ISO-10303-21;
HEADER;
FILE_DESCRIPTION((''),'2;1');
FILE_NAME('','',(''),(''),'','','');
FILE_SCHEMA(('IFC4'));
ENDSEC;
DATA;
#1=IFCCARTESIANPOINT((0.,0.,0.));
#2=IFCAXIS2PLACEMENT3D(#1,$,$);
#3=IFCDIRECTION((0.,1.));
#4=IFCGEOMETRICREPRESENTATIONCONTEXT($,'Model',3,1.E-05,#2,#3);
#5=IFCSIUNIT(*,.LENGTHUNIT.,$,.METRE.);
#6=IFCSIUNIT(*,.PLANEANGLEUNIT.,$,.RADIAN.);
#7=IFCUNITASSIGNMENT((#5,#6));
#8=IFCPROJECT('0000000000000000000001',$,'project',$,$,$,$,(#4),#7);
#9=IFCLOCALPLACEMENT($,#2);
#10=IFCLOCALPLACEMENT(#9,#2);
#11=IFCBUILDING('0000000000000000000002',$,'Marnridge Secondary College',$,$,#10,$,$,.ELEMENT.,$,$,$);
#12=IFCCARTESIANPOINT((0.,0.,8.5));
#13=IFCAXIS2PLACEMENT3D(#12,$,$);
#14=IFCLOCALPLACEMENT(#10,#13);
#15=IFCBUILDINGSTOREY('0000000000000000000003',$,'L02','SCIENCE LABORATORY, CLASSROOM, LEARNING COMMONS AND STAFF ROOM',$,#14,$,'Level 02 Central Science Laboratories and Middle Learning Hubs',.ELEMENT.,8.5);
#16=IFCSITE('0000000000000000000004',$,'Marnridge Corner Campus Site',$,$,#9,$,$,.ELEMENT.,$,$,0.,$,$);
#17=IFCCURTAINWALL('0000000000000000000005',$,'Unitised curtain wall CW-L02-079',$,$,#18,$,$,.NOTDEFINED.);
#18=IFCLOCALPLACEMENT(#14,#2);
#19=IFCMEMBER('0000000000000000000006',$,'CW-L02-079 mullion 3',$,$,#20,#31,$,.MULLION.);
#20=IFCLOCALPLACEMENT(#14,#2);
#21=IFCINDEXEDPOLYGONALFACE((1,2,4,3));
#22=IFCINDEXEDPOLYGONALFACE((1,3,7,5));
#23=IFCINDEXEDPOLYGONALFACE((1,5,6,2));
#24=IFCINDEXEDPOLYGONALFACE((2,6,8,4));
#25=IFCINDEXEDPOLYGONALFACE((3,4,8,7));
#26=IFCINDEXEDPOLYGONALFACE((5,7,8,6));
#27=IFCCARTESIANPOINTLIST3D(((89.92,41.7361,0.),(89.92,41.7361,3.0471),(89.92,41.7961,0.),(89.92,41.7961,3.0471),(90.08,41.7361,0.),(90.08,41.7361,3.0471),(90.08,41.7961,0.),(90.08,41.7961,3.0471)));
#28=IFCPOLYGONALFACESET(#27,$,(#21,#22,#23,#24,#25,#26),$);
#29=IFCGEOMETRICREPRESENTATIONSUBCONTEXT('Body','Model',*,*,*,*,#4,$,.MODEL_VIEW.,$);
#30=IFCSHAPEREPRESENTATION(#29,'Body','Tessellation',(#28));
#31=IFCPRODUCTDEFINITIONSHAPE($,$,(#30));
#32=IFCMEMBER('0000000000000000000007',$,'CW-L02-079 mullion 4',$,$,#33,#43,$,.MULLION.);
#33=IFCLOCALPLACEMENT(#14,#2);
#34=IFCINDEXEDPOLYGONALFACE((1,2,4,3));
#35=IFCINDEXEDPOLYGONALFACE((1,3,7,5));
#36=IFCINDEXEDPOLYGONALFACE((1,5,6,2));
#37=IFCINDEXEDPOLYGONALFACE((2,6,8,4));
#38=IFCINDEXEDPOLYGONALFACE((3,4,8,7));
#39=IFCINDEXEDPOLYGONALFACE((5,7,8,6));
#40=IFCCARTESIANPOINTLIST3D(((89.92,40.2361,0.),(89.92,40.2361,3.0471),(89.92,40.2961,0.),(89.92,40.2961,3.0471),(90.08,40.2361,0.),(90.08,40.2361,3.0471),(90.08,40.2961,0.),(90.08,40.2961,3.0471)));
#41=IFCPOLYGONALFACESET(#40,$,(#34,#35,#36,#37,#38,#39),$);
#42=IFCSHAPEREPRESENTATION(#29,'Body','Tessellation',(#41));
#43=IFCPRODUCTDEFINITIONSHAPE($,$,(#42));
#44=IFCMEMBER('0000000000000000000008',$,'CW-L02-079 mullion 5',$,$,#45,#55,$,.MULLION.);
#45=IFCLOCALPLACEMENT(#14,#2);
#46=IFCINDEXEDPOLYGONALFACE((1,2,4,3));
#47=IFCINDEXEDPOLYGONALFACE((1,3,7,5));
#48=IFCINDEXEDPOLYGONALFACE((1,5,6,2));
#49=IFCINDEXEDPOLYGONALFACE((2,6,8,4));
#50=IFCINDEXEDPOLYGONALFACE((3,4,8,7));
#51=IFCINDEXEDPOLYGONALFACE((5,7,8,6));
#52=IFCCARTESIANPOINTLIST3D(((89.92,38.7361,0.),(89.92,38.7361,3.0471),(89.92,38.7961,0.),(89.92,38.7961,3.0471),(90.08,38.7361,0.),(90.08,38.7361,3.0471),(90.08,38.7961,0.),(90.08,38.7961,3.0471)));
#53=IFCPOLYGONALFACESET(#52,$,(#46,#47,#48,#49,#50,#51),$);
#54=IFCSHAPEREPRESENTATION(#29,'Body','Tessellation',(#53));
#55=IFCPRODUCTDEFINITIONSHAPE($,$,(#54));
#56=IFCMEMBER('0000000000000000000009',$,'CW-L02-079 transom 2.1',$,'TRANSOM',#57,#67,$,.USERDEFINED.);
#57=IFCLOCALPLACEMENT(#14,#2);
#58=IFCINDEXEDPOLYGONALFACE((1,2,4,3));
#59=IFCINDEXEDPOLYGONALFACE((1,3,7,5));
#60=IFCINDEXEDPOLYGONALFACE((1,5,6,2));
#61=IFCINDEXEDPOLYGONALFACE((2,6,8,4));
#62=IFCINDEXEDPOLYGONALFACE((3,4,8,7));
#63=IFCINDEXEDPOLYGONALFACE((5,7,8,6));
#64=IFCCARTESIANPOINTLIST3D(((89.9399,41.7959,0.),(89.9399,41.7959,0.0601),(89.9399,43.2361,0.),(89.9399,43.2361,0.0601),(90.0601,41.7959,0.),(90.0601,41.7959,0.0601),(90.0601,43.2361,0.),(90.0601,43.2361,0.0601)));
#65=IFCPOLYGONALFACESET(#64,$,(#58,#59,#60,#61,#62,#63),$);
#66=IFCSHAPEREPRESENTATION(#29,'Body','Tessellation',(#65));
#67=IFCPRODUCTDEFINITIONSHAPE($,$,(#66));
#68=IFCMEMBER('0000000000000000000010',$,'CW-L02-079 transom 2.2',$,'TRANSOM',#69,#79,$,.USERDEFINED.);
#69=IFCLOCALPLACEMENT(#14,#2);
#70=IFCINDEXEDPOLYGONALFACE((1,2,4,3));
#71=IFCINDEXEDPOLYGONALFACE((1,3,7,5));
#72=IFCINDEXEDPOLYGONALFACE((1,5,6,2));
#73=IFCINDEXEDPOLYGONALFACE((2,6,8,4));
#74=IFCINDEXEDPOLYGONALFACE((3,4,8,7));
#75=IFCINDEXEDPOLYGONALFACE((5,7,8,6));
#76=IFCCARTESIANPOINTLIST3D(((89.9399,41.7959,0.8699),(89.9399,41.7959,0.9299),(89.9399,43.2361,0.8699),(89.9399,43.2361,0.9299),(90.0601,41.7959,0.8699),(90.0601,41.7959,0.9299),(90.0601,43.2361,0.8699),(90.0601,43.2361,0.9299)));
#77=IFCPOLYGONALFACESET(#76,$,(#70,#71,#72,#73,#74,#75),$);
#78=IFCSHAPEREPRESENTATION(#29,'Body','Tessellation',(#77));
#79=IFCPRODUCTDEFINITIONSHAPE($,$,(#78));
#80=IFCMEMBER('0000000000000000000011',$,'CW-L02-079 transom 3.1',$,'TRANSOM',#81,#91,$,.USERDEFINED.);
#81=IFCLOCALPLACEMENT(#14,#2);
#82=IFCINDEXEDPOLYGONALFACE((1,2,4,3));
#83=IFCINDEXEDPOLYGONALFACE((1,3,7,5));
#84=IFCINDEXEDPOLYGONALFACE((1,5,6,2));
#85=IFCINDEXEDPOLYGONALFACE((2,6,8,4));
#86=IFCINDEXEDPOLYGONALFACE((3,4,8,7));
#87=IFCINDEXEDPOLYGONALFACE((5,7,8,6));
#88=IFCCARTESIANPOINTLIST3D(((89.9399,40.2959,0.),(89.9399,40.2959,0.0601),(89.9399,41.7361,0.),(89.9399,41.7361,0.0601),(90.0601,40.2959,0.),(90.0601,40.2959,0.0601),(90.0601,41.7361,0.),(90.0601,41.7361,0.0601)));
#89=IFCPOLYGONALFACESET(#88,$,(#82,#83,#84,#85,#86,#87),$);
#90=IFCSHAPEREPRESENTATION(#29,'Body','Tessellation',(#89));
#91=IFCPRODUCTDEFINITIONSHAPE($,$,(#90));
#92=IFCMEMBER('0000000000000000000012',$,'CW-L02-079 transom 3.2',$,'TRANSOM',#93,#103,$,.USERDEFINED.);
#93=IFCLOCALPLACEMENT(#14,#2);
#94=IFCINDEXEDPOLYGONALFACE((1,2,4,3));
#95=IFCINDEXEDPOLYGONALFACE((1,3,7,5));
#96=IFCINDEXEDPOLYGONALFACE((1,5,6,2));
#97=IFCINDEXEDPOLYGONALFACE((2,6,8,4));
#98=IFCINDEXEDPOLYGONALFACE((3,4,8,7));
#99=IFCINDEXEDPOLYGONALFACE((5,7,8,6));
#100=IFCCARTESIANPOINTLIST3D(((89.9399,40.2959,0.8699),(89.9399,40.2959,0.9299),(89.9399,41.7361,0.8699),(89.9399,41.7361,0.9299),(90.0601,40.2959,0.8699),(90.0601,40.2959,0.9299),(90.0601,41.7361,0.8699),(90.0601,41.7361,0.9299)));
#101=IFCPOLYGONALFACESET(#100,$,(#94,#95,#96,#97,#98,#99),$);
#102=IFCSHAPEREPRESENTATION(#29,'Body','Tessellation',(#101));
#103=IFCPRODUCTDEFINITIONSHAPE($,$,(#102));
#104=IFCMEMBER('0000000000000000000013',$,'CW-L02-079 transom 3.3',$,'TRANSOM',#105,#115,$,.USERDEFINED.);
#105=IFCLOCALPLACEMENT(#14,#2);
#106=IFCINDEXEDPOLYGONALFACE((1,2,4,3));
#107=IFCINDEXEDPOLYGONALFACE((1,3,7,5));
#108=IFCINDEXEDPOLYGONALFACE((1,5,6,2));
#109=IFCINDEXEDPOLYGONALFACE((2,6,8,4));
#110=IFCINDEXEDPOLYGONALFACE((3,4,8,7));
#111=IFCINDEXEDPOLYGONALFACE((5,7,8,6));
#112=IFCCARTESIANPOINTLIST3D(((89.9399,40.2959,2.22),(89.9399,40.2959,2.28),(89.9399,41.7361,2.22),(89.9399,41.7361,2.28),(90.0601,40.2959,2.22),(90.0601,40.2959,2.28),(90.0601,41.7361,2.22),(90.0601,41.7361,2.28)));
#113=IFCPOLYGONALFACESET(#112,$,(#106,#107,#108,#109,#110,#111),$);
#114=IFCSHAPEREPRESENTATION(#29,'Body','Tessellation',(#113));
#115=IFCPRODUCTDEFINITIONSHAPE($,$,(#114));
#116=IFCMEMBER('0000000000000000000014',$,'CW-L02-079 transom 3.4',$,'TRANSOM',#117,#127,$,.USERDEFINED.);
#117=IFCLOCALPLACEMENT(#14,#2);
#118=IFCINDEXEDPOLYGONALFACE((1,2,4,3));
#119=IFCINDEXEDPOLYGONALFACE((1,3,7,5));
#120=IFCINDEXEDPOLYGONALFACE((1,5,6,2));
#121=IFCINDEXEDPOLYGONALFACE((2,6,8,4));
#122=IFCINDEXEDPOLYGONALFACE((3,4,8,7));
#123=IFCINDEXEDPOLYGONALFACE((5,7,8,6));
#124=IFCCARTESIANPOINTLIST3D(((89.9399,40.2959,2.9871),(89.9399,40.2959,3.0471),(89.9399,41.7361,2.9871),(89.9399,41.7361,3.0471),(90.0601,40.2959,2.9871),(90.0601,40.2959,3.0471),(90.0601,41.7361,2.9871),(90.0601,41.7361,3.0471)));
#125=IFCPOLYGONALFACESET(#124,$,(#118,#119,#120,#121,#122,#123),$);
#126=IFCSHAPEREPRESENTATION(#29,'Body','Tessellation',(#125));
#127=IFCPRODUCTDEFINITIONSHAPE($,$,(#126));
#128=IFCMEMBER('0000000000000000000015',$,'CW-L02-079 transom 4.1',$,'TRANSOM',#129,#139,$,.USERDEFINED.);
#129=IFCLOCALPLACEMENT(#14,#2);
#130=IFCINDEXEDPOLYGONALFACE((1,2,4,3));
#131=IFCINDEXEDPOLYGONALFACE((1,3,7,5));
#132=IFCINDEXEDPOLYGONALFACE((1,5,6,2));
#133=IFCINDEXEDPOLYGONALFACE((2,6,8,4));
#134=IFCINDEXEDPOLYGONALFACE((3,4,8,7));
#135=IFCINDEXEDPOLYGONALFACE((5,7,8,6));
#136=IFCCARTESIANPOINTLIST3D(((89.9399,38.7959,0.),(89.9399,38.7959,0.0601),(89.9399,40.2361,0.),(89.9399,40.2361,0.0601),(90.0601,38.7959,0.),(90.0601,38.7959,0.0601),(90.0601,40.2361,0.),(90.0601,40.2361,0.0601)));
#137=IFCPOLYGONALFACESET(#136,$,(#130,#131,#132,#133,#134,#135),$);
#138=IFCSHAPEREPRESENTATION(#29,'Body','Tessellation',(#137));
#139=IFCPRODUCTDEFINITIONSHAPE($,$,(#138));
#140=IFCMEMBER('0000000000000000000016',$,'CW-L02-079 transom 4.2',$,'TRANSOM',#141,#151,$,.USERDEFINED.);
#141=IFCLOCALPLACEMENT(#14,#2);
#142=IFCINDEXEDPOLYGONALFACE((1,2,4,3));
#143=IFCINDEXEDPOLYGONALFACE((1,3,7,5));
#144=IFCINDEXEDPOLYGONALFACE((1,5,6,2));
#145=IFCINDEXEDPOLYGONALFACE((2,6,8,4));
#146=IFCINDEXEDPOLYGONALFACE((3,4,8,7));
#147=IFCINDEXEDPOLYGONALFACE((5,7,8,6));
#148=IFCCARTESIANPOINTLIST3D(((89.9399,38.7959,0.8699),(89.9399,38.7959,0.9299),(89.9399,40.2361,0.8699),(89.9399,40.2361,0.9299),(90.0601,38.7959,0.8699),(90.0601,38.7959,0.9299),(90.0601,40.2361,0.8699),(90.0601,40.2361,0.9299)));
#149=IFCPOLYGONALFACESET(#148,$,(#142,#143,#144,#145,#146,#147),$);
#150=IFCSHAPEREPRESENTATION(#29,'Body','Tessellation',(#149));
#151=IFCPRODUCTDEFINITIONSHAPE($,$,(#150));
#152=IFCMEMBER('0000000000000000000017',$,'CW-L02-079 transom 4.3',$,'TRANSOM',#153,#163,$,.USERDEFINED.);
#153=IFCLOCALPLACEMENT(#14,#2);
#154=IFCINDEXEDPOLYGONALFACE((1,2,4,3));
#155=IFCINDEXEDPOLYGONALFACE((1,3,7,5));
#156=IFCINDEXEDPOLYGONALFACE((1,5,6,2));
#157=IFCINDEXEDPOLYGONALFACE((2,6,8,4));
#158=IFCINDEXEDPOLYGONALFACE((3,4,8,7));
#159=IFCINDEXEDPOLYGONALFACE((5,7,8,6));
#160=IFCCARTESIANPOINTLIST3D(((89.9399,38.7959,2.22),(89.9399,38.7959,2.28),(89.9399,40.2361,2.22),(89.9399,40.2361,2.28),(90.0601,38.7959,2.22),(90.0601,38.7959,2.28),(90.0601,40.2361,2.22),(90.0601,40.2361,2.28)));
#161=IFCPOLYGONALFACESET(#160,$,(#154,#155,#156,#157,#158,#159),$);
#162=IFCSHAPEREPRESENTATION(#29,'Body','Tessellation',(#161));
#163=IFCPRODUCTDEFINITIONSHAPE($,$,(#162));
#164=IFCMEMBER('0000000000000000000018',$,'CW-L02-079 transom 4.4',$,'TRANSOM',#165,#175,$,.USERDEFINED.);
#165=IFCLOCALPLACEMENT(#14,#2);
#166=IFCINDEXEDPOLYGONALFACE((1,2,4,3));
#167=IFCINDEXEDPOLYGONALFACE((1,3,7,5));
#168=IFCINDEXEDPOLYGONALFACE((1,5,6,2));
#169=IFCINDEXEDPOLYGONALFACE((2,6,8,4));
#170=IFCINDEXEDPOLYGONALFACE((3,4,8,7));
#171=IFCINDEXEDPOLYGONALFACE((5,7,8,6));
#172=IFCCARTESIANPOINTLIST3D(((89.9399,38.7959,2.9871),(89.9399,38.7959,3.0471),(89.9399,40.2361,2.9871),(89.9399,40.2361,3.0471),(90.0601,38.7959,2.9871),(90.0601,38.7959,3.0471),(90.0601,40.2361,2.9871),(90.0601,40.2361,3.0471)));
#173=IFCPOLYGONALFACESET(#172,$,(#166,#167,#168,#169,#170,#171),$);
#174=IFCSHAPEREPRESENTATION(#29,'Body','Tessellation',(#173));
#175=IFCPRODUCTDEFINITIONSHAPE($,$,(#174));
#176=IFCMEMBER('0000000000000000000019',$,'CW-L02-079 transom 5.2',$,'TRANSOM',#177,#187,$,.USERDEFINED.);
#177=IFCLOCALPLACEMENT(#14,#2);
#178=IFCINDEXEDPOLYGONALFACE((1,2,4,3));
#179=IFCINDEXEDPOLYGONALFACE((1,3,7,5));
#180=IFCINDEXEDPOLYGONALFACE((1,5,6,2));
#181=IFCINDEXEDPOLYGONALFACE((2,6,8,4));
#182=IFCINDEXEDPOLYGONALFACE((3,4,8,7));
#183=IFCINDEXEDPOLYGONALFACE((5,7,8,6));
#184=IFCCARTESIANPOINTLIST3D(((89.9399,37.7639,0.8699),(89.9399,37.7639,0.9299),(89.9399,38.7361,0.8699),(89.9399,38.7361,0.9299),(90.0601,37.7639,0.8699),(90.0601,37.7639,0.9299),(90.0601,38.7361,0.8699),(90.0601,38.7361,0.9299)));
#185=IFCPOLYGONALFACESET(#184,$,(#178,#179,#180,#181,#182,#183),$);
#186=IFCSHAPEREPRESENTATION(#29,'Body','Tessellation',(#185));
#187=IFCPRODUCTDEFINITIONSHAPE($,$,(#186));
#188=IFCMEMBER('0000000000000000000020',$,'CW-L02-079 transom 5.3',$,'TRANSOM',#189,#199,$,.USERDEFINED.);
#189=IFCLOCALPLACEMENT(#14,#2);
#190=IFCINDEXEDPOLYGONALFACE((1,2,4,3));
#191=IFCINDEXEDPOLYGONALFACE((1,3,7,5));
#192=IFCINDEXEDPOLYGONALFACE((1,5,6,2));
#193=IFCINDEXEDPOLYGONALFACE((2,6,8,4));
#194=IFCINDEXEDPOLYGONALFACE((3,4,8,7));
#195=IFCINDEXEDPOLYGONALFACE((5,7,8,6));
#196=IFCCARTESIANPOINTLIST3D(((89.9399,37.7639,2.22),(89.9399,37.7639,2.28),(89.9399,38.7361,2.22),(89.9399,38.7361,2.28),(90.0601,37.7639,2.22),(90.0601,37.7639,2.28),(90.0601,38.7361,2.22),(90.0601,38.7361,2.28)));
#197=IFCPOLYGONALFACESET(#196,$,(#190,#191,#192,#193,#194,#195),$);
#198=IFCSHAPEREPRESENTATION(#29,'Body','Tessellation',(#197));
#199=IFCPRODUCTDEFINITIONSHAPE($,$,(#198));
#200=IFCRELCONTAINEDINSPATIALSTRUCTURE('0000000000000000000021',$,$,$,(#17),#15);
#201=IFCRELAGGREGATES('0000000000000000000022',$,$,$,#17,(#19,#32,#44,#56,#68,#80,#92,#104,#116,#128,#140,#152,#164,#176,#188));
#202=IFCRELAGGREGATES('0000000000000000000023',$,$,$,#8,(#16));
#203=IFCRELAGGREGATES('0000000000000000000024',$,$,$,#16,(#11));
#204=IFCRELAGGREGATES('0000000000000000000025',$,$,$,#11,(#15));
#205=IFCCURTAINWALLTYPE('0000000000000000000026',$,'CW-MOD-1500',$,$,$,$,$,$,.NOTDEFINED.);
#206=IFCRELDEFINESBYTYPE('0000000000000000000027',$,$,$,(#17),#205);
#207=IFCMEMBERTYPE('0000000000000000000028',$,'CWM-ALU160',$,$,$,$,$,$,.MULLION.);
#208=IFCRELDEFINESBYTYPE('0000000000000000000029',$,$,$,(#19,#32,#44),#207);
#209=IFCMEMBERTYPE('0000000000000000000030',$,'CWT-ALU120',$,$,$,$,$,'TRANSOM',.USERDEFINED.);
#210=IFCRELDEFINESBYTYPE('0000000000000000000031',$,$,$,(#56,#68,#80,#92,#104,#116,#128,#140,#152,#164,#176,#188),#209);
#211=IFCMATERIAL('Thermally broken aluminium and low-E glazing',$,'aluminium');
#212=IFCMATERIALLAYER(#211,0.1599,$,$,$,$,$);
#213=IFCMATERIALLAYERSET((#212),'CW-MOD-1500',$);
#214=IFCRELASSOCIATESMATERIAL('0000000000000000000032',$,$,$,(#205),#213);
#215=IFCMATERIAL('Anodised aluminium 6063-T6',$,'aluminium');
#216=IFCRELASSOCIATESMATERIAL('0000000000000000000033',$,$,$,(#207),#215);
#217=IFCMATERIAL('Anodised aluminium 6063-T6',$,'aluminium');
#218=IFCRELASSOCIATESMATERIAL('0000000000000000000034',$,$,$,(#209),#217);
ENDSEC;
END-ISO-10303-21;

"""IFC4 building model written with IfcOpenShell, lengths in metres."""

from ifc_helpers import new_model, si_unit, direction, frame, origin, origin_2d, place, context, subcontext, project, spatial, rectangle, extrude, material, layer, layer_set, material_profile, profile_set, type_object, element, aggregate, save


model = new_model("IFC4")

# Units and contexts
model_context = context("Model", 3, precision=1e-05, world=origin(), true_north=direction((0.0, 1.0)))
body_context = subcontext(model_context, "Body", "Model", "MODEL_VIEW")
ifc_project = project(units=[si_unit("LENGTHUNIT", "METRE"), si_unit("PLANEANGLEUNIT", "RADIAN")], contexts=[model_context])

# Site, building, storey
site_placement = place(None, origin())
site = spatial("IfcSite", under=ifc_project, at=site_placement, Name="Marnridge Corner Campus Site", CompositionType="ELEMENT", RefElevation=0.0)
building_placement = place(site_placement, origin())
building = spatial("IfcBuilding", under=site, at=building_placement, Name="Marnridge Secondary College", CompositionType="ELEMENT")
storey_placement = place(building_placement, frame((0.0, 0.0, 8.5)))
storey = spatial("IfcBuildingStorey", under=building, at=storey_placement, Name="L02", Description="SCIENCE LABORATORY, CLASSROOM, LEARNING COMMONS AND STAFF ROOM", LongName="Level 02 Central Science Laboratories and Middle Learning Hubs", CompositionType="ELEMENT", Elevation=8.5)

# Curtain wall, members
ifc_material_1 = material(Name="Thermally broken aluminium and low-E glazing", Category="aluminium")
ifc_layer_1 = layer(ifc_material_1, 0.1599)
ifc_layer_set_1 = layer_set([ifc_layer_1], Name="CW-MOD-1500")
curtain_wall_type = type_object("IfcCurtainWallType", Name="CW-MOD-1500", PredefinedType="NOTDEFINED", material=ifc_layer_set_1)
curtain_wall_placement = place(storey_placement, origin())
curtain_wall = element("IfcCurtainWall", 1, at=curtain_wall_placement, inside=storey, type_object=curtain_wall_type, Name="Unitised curtain wall CW-L02-079", PredefinedType="NOTDEFINED")
ifc_material_2 = material(Name="Anodised aluminium 6063-T6", Category="aluminium")
ifc_material_profile_1 = material_profile(ifc_material_2, rectangle(XDim=0.0601, YDim=0.1599, at=origin_2d()), Name="ALU 60x160")
ifc_profile_set_1 = profile_set([ifc_material_profile_1], Name="Anodised aluminium 6063-T6")
member_type_1 = type_object("IfcMemberType", Name="CWM-ALU160", PredefinedType="MULLION", material=ifc_profile_set_1)
member_1_placement = place(storey_placement, frame((90.0, 41.7661, 0.0), z_axis=(0.0, 0.0, 1.0), x_axis=(0.0, -1.0, 0.0)))
member_1 = element("IfcMember", 2, at=member_1_placement, type_object=member_type_1, Name="CW-L02-079 mullion 3", PredefinedType="MULLION", context=body_context, shape_type="SweptSolid", body=[
    extrude(rectangle(XDim=0.0601, YDim=0.1599, at=origin_2d()), origin(), (0.0, 0.0, 1.0), 3.0471),
])
member_2_placement = place(storey_placement, frame((90.0, 40.2661, 0.0), z_axis=(0.0, 0.0, 1.0), x_axis=(0.0, -1.0, 0.0)))
member_2 = element("IfcMember", 3, at=member_2_placement, type_object=member_type_1, Name="CW-L02-079 mullion 4", PredefinedType="MULLION", context=body_context, shape_type="SweptSolid", body=[
    extrude(rectangle(XDim=0.0601, YDim=0.1599, at=origin_2d()), origin(), (0.0, 0.0, 1.0), 3.0471),
])
member_3_placement = place(storey_placement, frame((90.0, 38.7661, 0.0), z_axis=(0.0, 0.0, 1.0), x_axis=(0.0, -1.0, 0.0)))
member_3 = element("IfcMember", 4, at=member_3_placement, type_object=member_type_1, Name="CW-L02-079 mullion 5", PredefinedType="MULLION", context=body_context, shape_type="SweptSolid", body=[
    extrude(rectangle(XDim=0.0601, YDim=0.1599, at=origin_2d()), origin(), (0.0, 0.0, 1.0), 3.0471),
])
ifc_material_3 = material(Name="Anodised aluminium 6063-T6", Category="aluminium")
ifc_material_profile_2 = material_profile(ifc_material_3, rectangle(XDim=0.0601, YDim=0.1201, at=origin_2d()), Name="ALU 60x120")
ifc_profile_set_2 = profile_set([ifc_material_profile_2], Name="Anodised aluminium 6063-T6")
member_type_2 = type_object("IfcMemberType", Name="CWT-ALU120", ElementType="TRANSOM", PredefinedType="USERDEFINED", material=ifc_profile_set_2)
member_4_placement = place(storey_placement, frame((90.0, 43.2361, 0.03), z_axis=(0.0, -1.0, 0.0), x_axis=(0.0, 0.0, 1.0)))
member_4 = element("IfcMember", 5, at=member_4_placement, type_object=member_type_2, Name="CW-L02-079 transom 2.1", ObjectType="TRANSOM", PredefinedType="USERDEFINED", context=body_context, shape_type="SweptSolid", body=[
    extrude(rectangle(XDim=0.0601, YDim=0.1201, at=origin_2d()), origin(), (0.0, 0.0, 1.0), 1.4402),
])
member_5_placement = place(storey_placement, frame((90.0, 43.2361, 0.8999), z_axis=(0.0, -1.0, 0.0), x_axis=(0.0, 0.0, 1.0)))
member_5 = element("IfcMember", 6, at=member_5_placement, type_object=member_type_2, Name="CW-L02-079 transom 2.2", ObjectType="TRANSOM", PredefinedType="USERDEFINED", context=body_context, shape_type="SweptSolid", body=[
    extrude(rectangle(XDim=0.0601, YDim=0.1201, at=origin_2d()), origin(), (0.0, 0.0, 1.0), 1.4402),
])
member_6_placement = place(storey_placement, frame((90.0, 41.7361, 0.03), z_axis=(0.0, -1.0, 0.0), x_axis=(0.0, 0.0, 1.0)))
member_6 = element("IfcMember", 7, at=member_6_placement, type_object=member_type_2, Name="CW-L02-079 transom 3.1", ObjectType="TRANSOM", PredefinedType="USERDEFINED", context=body_context, shape_type="SweptSolid", body=[
    extrude(rectangle(XDim=0.0601, YDim=0.1201, at=origin_2d()), origin(), (0.0, 0.0, 1.0), 1.4402),
])
member_7_placement = place(storey_placement, frame((90.0, 41.7361, 0.8999), z_axis=(0.0, -1.0, 0.0), x_axis=(0.0, 0.0, 1.0)))
member_7 = element("IfcMember", 8, at=member_7_placement, type_object=member_type_2, Name="CW-L02-079 transom 3.2", ObjectType="TRANSOM", PredefinedType="USERDEFINED", context=body_context, shape_type="SweptSolid", body=[
    extrude(rectangle(XDim=0.0601, YDim=0.1201, at=origin_2d()), origin(), (0.0, 0.0, 1.0), 1.4402),
])
member_8_placement = place(storey_placement, frame((90.0, 41.7361, 2.25), z_axis=(0.0, -1.0, 0.0), x_axis=(0.0, 0.0, 1.0)))
member_8 = element("IfcMember", 9, at=member_8_placement, type_object=member_type_2, Name="CW-L02-079 transom 3.3", ObjectType="TRANSOM", PredefinedType="USERDEFINED", context=body_context, shape_type="SweptSolid", body=[
    extrude(rectangle(XDim=0.0601, YDim=0.1201, at=origin_2d()), origin(), (0.0, 0.0, 1.0), 1.4402),
])
member_9_placement = place(storey_placement, frame((90.0, 41.7361, 3.0171), z_axis=(0.0, -1.0, 0.0), x_axis=(0.0, 0.0, 1.0)))
member_9 = element("IfcMember", 10, at=member_9_placement, type_object=member_type_2, Name="CW-L02-079 transom 3.4", ObjectType="TRANSOM", PredefinedType="USERDEFINED", context=body_context, shape_type="SweptSolid", body=[
    extrude(rectangle(XDim=0.0601, YDim=0.1201, at=origin_2d()), origin(), (0.0, 0.0, 1.0), 1.4402),
])
member_10_placement = place(storey_placement, frame((90.0, 40.2361, 0.03), z_axis=(0.0, -1.0, 0.0), x_axis=(0.0, 0.0, 1.0)))
member_10 = element("IfcMember", 11, at=member_10_placement, type_object=member_type_2, Name="CW-L02-079 transom 4.1", ObjectType="TRANSOM", PredefinedType="USERDEFINED", context=body_context, shape_type="SweptSolid", body=[
    extrude(rectangle(XDim=0.0601, YDim=0.1201, at=origin_2d()), origin(), (0.0, 0.0, 1.0), 1.4402),
])
member_11_placement = place(storey_placement, frame((90.0, 40.2361, 0.8999), z_axis=(0.0, -1.0, 0.0), x_axis=(0.0, 0.0, 1.0)))
member_11 = element("IfcMember", 12, at=member_11_placement, type_object=member_type_2, Name="CW-L02-079 transom 4.2", ObjectType="TRANSOM", PredefinedType="USERDEFINED", context=body_context, shape_type="SweptSolid", body=[
    extrude(rectangle(XDim=0.0601, YDim=0.1201, at=origin_2d()), origin(), (0.0, 0.0, 1.0), 1.4402),
])
member_12_placement = place(storey_placement, frame((90.0, 40.2361, 2.25), z_axis=(0.0, -1.0, 0.0), x_axis=(0.0, 0.0, 1.0)))
member_12 = element("IfcMember", 13, at=member_12_placement, type_object=member_type_2, Name="CW-L02-079 transom 4.3", ObjectType="TRANSOM", PredefinedType="USERDEFINED", context=body_context, shape_type="SweptSolid", body=[
    extrude(rectangle(XDim=0.0601, YDim=0.1201, at=origin_2d()), origin(), (0.0, 0.0, 1.0), 1.4402),
])
member_13_placement = place(storey_placement, frame((90.0, 40.2361, 3.0171), z_axis=(0.0, -1.0, 0.0), x_axis=(0.0, 0.0, 1.0)))
member_13 = element("IfcMember", 14, at=member_13_placement, type_object=member_type_2, Name="CW-L02-079 transom 4.4", ObjectType="TRANSOM", PredefinedType="USERDEFINED", context=body_context, shape_type="SweptSolid", body=[
    extrude(rectangle(XDim=0.0601, YDim=0.1201, at=origin_2d()), origin(), (0.0, 0.0, 1.0), 1.4402),
])
member_14_placement = place(storey_placement, frame((90.0, 38.7361, 0.8999), z_axis=(0.0, -1.0, 0.0), x_axis=(0.0, 0.0, 1.0)))
member_14 = element("IfcMember", 15, at=member_14_placement, type_object=member_type_2, Name="CW-L02-079 transom 5.2", ObjectType="TRANSOM", PredefinedType="USERDEFINED", context=body_context, shape_type="SweptSolid", body=[
    extrude(rectangle(XDim=0.0601, YDim=0.1201, at=origin_2d()), origin(), (0.0, 0.0, 1.0), 0.9722),
])
member_15_placement = place(storey_placement, frame((90.0, 38.7361, 2.25), z_axis=(0.0, -1.0, 0.0), x_axis=(0.0, 0.0, 1.0)))
member_15 = element("IfcMember", 16, at=member_15_placement, type_object=member_type_2, Name="CW-L02-079 transom 5.3", ObjectType="TRANSOM", PredefinedType="USERDEFINED", context=body_context, shape_type="SweptSolid", body=[
    extrude(rectangle(XDim=0.0601, YDim=0.1201, at=origin_2d()), origin(), (0.0, 0.0, 1.0), 0.9722),
])
aggregate(curtain_wall, [member_1, member_2, member_3, member_4, member_5, member_6, member_7, member_8, member_9, member_10, member_11, member_12, member_13, member_14, member_15])

save(model, "model.ifc")
